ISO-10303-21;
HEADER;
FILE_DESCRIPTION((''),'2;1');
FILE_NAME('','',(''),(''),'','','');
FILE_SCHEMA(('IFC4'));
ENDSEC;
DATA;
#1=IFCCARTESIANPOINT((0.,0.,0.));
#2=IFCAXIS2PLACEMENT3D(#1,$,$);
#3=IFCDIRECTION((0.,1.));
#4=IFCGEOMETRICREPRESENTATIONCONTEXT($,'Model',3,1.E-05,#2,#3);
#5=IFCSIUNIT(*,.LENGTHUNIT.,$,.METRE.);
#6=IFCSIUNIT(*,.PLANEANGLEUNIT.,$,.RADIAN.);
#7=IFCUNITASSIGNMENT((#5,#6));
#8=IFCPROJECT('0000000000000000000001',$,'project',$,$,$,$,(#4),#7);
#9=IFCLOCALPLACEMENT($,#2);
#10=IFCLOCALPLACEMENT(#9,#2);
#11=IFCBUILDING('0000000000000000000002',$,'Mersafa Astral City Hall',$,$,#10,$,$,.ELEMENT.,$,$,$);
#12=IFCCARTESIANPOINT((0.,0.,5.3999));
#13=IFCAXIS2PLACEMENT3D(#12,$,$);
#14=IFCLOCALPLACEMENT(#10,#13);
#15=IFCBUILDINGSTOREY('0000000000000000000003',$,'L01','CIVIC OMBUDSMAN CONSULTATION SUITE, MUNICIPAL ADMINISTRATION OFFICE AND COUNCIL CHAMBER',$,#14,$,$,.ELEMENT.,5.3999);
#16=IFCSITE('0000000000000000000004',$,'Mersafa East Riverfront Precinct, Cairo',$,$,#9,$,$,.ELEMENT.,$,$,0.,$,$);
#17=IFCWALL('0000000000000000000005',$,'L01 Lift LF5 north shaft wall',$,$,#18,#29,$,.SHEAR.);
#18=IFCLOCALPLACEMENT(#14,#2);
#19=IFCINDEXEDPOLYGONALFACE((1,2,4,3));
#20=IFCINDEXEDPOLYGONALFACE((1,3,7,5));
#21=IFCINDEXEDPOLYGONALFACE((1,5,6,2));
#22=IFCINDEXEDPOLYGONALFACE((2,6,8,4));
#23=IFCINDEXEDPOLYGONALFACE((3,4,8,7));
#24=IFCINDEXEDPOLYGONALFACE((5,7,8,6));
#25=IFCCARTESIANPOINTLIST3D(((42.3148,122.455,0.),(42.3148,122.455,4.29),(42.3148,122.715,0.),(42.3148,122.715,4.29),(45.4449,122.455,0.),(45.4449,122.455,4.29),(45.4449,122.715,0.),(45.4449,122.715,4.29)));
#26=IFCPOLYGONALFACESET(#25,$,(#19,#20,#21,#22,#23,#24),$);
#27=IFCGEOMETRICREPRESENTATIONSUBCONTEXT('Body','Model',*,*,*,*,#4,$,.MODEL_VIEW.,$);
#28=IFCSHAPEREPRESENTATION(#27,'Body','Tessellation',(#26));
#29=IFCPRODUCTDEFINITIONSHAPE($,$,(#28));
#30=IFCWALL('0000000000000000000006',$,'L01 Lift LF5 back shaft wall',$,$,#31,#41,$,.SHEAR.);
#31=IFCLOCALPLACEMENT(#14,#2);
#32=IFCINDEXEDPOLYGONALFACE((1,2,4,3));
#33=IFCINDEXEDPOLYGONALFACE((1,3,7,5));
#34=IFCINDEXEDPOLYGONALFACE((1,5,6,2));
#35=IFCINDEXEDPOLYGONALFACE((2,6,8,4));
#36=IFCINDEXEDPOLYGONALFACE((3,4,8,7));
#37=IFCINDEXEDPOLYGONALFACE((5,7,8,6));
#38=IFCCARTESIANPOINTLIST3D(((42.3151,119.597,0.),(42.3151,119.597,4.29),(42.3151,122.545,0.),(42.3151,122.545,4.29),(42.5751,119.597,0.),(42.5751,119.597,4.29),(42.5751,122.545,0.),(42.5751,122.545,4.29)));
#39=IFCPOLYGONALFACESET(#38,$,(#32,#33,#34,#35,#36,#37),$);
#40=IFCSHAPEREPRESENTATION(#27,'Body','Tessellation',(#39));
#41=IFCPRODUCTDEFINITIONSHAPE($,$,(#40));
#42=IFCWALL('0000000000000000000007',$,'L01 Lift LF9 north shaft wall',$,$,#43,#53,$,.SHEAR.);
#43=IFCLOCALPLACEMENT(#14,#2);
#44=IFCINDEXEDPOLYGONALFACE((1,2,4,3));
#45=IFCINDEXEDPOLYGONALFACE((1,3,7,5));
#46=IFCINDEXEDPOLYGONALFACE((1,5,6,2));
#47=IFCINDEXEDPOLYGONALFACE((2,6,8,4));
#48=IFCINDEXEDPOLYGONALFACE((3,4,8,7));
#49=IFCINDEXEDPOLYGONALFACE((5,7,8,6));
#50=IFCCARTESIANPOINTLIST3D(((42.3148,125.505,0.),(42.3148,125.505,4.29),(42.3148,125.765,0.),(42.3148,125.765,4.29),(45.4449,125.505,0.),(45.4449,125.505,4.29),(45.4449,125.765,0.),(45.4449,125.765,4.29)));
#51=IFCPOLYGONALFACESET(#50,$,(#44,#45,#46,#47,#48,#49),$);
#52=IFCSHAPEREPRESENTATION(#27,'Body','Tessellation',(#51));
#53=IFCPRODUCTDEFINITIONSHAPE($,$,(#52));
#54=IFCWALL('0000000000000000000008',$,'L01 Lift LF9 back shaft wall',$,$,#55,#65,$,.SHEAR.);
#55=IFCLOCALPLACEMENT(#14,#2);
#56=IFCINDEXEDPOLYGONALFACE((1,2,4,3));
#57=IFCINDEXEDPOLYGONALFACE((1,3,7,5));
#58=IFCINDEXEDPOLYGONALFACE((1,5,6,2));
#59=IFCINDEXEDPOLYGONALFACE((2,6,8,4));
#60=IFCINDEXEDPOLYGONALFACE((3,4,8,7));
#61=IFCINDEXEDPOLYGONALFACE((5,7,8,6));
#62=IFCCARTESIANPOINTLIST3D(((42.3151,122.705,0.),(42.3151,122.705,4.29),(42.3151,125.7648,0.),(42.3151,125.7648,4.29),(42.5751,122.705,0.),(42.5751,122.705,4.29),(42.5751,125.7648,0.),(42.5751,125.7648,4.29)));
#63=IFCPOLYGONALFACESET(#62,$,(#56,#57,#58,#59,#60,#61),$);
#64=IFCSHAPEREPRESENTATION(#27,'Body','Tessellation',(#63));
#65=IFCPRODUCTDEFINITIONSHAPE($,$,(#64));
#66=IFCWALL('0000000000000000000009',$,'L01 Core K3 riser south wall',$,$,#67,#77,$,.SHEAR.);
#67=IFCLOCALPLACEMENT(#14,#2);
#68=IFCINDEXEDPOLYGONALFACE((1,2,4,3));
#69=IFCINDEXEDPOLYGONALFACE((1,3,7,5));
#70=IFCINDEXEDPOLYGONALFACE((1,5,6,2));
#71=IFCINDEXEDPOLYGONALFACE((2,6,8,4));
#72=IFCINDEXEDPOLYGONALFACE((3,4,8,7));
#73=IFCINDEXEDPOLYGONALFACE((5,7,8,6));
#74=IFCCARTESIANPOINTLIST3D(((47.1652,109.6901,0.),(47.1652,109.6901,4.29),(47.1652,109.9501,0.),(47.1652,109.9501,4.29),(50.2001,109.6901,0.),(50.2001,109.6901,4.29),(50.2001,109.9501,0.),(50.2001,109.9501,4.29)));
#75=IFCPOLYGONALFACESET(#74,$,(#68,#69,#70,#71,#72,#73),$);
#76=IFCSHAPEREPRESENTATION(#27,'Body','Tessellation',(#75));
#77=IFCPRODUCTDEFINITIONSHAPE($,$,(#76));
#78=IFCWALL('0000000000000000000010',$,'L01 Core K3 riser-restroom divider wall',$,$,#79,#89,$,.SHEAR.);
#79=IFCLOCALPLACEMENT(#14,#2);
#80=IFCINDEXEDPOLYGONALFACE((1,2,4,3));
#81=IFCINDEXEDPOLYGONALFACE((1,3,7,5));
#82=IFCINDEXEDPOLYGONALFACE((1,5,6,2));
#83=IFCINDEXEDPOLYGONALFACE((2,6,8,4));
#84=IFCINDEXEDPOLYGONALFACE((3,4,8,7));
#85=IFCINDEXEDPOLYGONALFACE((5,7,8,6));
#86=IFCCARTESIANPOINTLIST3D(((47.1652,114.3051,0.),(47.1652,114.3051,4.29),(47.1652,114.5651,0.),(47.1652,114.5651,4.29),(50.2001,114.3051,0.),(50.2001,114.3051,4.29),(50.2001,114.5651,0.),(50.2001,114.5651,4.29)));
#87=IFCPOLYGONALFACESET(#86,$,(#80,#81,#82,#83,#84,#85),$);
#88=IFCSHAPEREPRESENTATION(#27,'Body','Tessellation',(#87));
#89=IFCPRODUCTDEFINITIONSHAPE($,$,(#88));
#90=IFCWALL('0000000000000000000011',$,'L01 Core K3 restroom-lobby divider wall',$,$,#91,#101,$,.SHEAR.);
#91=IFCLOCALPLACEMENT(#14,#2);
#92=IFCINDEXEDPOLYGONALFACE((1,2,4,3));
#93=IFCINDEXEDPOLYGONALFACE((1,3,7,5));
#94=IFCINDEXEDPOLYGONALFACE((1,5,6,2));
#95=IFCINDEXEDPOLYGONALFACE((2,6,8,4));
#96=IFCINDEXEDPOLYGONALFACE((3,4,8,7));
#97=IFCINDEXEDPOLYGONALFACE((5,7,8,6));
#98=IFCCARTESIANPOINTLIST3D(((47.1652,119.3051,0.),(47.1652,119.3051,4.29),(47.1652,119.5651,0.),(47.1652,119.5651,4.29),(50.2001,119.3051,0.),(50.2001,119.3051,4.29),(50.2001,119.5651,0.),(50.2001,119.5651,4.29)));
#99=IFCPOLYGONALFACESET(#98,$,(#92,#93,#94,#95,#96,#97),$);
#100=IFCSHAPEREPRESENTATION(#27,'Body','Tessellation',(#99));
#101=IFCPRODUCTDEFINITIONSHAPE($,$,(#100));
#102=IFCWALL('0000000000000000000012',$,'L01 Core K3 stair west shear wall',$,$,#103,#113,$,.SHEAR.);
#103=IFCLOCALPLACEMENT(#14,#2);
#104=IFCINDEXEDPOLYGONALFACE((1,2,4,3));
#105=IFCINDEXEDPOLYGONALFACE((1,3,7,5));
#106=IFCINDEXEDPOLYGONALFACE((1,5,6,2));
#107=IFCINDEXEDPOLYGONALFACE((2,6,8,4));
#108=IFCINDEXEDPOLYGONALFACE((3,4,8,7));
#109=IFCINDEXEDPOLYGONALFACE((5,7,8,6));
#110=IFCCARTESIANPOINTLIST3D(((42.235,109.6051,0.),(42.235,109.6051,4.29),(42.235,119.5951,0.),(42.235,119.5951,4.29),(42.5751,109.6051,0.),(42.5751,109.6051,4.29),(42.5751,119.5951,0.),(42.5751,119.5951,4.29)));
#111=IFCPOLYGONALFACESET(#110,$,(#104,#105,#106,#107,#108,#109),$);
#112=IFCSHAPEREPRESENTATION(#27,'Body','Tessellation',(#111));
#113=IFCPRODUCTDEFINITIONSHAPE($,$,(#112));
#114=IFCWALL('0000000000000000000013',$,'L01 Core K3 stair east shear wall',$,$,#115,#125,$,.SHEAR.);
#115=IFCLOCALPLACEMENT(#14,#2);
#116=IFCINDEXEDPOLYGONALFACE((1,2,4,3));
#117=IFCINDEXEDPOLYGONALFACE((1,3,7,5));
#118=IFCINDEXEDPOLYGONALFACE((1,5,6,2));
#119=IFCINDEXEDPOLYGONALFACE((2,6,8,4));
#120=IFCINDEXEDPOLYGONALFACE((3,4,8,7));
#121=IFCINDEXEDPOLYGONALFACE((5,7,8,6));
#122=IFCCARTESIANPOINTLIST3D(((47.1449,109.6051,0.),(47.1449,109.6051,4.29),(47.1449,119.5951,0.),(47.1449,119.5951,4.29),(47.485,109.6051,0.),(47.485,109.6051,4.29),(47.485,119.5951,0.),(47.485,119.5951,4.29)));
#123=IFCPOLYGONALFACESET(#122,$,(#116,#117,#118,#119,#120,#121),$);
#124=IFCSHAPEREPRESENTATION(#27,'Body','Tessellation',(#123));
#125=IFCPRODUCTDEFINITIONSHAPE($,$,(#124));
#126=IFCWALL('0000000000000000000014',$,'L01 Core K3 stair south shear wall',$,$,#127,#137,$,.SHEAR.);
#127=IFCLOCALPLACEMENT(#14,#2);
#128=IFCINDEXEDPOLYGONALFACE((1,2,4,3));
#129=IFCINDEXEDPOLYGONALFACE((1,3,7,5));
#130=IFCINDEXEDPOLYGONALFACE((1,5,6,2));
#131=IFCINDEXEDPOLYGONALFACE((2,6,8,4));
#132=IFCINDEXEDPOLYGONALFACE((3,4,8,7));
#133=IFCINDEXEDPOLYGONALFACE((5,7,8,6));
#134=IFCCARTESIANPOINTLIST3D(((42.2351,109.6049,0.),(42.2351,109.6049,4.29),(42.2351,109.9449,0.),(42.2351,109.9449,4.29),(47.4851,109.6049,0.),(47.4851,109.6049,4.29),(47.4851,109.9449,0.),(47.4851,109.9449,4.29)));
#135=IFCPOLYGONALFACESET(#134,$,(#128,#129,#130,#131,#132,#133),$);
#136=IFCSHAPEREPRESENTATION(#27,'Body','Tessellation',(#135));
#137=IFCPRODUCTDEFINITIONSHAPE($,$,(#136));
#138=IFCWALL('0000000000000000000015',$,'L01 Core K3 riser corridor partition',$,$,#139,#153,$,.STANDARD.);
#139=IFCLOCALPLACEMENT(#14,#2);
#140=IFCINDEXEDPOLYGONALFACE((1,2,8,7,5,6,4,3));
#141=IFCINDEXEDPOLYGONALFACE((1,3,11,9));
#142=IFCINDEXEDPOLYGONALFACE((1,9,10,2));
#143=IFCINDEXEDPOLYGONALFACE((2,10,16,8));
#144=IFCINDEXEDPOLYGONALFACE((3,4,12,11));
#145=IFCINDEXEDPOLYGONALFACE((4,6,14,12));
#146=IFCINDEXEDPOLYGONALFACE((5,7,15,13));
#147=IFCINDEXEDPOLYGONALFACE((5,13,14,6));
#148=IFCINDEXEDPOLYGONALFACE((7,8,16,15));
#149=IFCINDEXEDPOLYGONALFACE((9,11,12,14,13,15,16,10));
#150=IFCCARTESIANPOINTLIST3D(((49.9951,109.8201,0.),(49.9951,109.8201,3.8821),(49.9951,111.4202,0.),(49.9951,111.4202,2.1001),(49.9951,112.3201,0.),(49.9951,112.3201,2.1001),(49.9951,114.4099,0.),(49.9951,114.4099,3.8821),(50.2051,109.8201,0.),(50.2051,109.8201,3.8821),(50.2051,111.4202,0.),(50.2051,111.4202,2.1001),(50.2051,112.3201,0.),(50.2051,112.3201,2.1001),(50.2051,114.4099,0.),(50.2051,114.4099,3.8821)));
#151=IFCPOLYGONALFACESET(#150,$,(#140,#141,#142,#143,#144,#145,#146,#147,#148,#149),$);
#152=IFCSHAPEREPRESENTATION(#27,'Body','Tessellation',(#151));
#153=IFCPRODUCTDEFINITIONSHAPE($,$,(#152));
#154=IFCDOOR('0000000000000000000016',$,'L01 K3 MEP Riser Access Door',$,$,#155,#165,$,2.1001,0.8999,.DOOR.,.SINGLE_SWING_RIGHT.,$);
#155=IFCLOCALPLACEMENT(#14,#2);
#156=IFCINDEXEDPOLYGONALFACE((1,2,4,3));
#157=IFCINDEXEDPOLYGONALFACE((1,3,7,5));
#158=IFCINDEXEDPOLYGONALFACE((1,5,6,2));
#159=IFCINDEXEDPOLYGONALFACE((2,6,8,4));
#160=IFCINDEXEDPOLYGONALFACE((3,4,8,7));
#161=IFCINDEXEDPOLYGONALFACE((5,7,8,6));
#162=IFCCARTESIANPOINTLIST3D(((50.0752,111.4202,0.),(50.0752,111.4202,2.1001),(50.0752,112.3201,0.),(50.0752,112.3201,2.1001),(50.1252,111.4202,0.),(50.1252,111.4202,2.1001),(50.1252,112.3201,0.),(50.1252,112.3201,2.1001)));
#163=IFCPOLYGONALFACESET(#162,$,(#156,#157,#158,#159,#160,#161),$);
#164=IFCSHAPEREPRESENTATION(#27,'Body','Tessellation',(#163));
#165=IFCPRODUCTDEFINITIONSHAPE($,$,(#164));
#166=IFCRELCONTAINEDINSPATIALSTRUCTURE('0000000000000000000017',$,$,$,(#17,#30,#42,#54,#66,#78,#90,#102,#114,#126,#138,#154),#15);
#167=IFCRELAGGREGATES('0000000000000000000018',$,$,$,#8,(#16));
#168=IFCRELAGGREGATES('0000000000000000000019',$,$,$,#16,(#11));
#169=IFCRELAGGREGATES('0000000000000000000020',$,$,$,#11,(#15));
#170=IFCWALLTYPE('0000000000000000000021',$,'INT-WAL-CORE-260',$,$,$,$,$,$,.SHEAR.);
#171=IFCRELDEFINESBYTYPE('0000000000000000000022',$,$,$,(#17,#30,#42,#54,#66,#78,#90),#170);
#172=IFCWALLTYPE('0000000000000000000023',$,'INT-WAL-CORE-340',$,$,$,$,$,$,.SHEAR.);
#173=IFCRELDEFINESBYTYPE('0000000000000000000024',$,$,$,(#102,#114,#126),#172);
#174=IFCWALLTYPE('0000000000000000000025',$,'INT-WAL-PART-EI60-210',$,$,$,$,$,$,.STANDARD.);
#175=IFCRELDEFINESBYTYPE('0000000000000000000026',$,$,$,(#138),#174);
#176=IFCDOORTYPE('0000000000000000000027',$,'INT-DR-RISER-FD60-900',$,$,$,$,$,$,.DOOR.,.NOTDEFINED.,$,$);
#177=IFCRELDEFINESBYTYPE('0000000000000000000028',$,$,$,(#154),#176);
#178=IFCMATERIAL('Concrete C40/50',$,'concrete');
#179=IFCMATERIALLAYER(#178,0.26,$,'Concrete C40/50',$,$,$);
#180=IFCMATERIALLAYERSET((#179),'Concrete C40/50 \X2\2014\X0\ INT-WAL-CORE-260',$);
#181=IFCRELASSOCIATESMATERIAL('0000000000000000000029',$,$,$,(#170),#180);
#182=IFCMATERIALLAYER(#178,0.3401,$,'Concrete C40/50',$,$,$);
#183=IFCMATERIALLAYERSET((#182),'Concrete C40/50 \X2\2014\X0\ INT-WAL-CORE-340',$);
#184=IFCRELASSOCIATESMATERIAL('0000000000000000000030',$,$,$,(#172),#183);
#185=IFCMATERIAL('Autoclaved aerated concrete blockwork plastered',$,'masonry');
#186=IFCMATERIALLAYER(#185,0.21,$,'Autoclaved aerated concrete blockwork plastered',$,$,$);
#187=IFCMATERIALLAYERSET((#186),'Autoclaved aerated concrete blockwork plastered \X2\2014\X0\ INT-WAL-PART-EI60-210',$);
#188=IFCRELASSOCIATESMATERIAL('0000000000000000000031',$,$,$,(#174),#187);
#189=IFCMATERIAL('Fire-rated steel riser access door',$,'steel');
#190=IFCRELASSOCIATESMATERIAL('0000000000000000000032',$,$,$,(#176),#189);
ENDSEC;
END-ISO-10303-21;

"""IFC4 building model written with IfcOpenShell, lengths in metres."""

from ifc_helpers import new_model, si_unit, direction, frame, frame_2d, origin, place, context, subcontext, project, spatial, rectangle, extrude, material, layer, layer_set, type_object, element, fill, save


model = new_model("IFC4")

# Units and contexts
model_context = context("Model", 3, precision=1e-05, world=origin(), true_north=direction((0.0, 1.0)))
body_context = subcontext(model_context, "Body", "Model", "MODEL_VIEW")
ifc_project = project(units=[si_unit("LENGTHUNIT", "METRE"), si_unit("PLANEANGLEUNIT", "RADIAN")], contexts=[model_context])

# Site, building, storey
site_placement = place(None, origin())
site = spatial("IfcSite", under=ifc_project, at=site_placement, Name="Mersafa East Riverfront Precinct, Cairo", CompositionType="ELEMENT", RefElevation=0.0)
building_placement = place(site_placement, origin())
building = spatial("IfcBuilding", under=site, at=building_placement, Name="Mersafa Astral City Hall", CompositionType="ELEMENT")
storey_placement = place(building_placement, frame((0.0, 0.0, 5.3999)))
storey = spatial("IfcBuildingStorey", under=building, at=storey_placement, Name="L01", Description="CIVIC OMBUDSMAN CONSULTATION SUITE, MUNICIPAL ADMINISTRATION OFFICE AND COUNCIL CHAMBER", CompositionType="ELEMENT", Elevation=5.3999)

# Walls
ifc_material_1 = material(Name="Concrete C40/50", Category="concrete")
ifc_layer_1 = layer(ifc_material_1, 0.26, Name="Concrete C40/50")
ifc_layer_set_1 = layer_set([ifc_layer_1], Name="Concrete C40/50 — INT-WAL-CORE-260")
wall_type_1 = type_object("IfcWallType", Name="INT-WAL-CORE-260", PredefinedType="SHEAR", material=ifc_layer_set_1)
wall_1_placement = place(storey_placement, frame((42.3149, 122.585, 0.0), z_axis=(0.0, 0.0, 1.0), x_axis=(1.0, 0.0, 0.0)))
element("IfcWall", 1, at=wall_1_placement, inside=storey, type_object=wall_type_1, Name="L01 Lift LF5 north shaft wall", PredefinedType="SHEAR", context=body_context, shape_type="SweptSolid", body=[
    extrude(rectangle(XDim=3.1301, YDim=0.26, at=frame_2d((1.5649, 0.0))), origin(), (0.0, 0.0, 1.0), 4.29),
])
wall_2_placement = place(storey_placement, frame((42.4451, 119.5969, 0.0), z_axis=(0.0, 0.0, 1.0), x_axis=(0.0, 1.0, 0.0)))
element("IfcWall", 2, at=wall_2_placement, inside=storey, type_object=wall_type_1, Name="L01 Lift LF5 back shaft wall", PredefinedType="SHEAR", context=body_context, shape_type="SweptSolid", body=[
    extrude(rectangle(XDim=2.948, YDim=0.26, at=frame_2d((1.4741, 0.0))), origin(), (0.0, 0.0, 1.0), 4.29),
])

# Walls
wall_3_placement = place(storey_placement, frame((42.3149, 125.635, 0.0), z_axis=(0.0, 0.0, 1.0), x_axis=(1.0, 0.0, 0.0)))
element("IfcWall", 3, at=wall_3_placement, inside=storey, type_object=wall_type_1, Name="L01 Lift LF9 north shaft wall", PredefinedType="SHEAR", context=body_context, shape_type="SweptSolid", body=[
    extrude(rectangle(XDim=3.1301, YDim=0.26, at=frame_2d((1.5649, 0.0))), origin(), (0.0, 0.0, 1.0), 4.29),
])
wall_4_placement = place(storey_placement, frame((42.4451, 122.7051, 0.0), z_axis=(0.0, 0.0, 1.0), x_axis=(0.0, 1.0, 0.0)))
element("IfcWall", 4, at=wall_4_placement, inside=storey, type_object=wall_type_1, Name="L01 Lift LF9 back shaft wall", PredefinedType="SHEAR", context=body_context, shape_type="SweptSolid", body=[
    extrude(rectangle(XDim=3.0598, YDim=0.26, at=frame_2d((1.5298, 0.0))), origin(), (0.0, 0.0, 1.0), 4.29),
])

# Walls
for number, where, z_axis, x_axis, name in (
    (5, (47.165, 109.8201, 0.0), (0.0, 0.0, 1.0), (1.0, 0.0, 0.0), "L01 Core K3 riser south wall"),
    (6, (47.165, 114.4351, 0.0), (0.0, 0.0, 1.0), (1.0, 0.0, 0.0), "L01 Core K3 riser-restroom divider wall"),
    (7, (47.165, 119.4351, 0.0), (0.0, 0.0, 1.0), (1.0, 0.0, 0.0), "L01 Core K3 restroom-lobby divider wall"),
):
    element("IfcWall", number, at=place(storey_placement, frame(where, z_axis=z_axis, x_axis=x_axis)), inside=storey, type_object=wall_type_1, Name=name, PredefinedType="SHEAR", context=body_context, shape_type="SweptSolid", body=[
        extrude(rectangle(XDim=3.0349, YDim=0.26, at=frame_2d((1.5176, 0.0))), origin(), (0.0, 0.0, 1.0), 4.29),
    ])
ifc_layer_2 = layer(ifc_material_1, 0.3401, Name="Concrete C40/50")
ifc_layer_set_2 = layer_set([ifc_layer_2], Name="Concrete C40/50 — INT-WAL-CORE-340")
wall_type_2 = type_object("IfcWallType", Name="INT-WAL-CORE-340", PredefinedType="SHEAR", material=ifc_layer_set_2)
for number, where, z_axis, x_axis, name in (
    (8, (42.405, 109.605, 0.0), (0.0, 0.0, 1.0), (0.0, 1.0, 0.0), "L01 Core K3 stair west shear wall"),
    (9, (47.3149, 109.605, 0.0), (0.0, 0.0, 1.0), (0.0, 1.0, 0.0), "L01 Core K3 stair east shear wall"),
):
    element("IfcWall", number, at=place(storey_placement, frame(where, z_axis=z_axis, x_axis=x_axis)), inside=storey, type_object=wall_type_2, Name=name, PredefinedType="SHEAR", context=body_context, shape_type="SweptSolid", body=[
        extrude(rectangle(XDim=9.99, YDim=0.3401, at=frame_2d((4.9951, 0.0))), origin(), (0.0, 0.0, 1.0), 4.29),
    ])
wall_5_placement = place(storey_placement, frame((42.2351, 109.7749, 0.0), z_axis=(0.0, 0.0, 1.0), x_axis=(1.0, 0.0, 0.0)))
element("IfcWall", 10, at=wall_5_placement, inside=storey, type_object=wall_type_2, Name="L01 Core K3 stair south shear wall", PredefinedType="SHEAR", context=body_context, shape_type="SweptSolid", body=[
    extrude(rectangle(XDim=5.25, YDim=0.3401, at=frame_2d((2.625, 0.0))), origin(), (0.0, 0.0, 1.0), 4.29),
])

# Wall, opening, door
ifc_material_2 = material(Name="Autoclaved aerated concrete blockwork plastered", Category="masonry")
ifc_layer_3 = layer(ifc_material_2, 0.21, Name="Autoclaved aerated concrete blockwork plastered")
ifc_layer_set_3 = layer_set([ifc_layer_3], Name="Autoclaved aerated concrete blockwork plastered — INT-WAL-PART-EI60-210")
wall_type_3 = type_object("IfcWallType", Name="INT-WAL-PART-EI60-210", PredefinedType="STANDARD", material=ifc_layer_set_3)
wall_6_placement = place(storey_placement, frame((50.1001, 109.8201, 0.0), z_axis=(0.0, 0.0, 1.0), x_axis=(0.0, 1.0, 0.0)))
wall_6 = element("IfcWall", 11, at=wall_6_placement, inside=storey, type_object=wall_type_3, Name="L01 Core K3 riser corridor partition", PredefinedType="STANDARD", context=body_context, shape_type="SweptSolid", body=[
    extrude(rectangle(XDim=4.5898, YDim=0.21, at=frame_2d((2.2949, 0.0))), origin(), (0.0, 0.0, 1.0), 3.8821),
])
opening_1_placement = place(wall_6_placement, frame((1.6001, 0.0, 0.0)))
opening_1 = element("IfcOpeningElement", 12, at=opening_1_placement, cuts=wall_6, PredefinedType="OPENING", context=body_context, shape_type="SweptSolid", body=[
    extrude(rectangle(XDim=0.8999, YDim=2.1001, at=frame_2d((0.45, 1.05))), frame((0.0, 0.115, 0.0), z_axis=(0.0, -1.0, 0.0), x_axis=(1.0, 0.0, 0.0)), (0.0, 0.0, 1.0), 0.23),
])
ifc_material_3 = material(Name="Fire-rated steel riser access door", Category="steel")
door_type_1 = type_object("IfcDoorType", Name="INT-DR-RISER-FD60-900", OperationType="NOTDEFINED", PredefinedType="DOOR", material=ifc_material_3)
door_1_placement = place(opening_1_placement, origin())
door_1 = element("IfcDoor", 13, at=door_1_placement, inside=storey, type_object=door_type_1, Name="L01 K3 MEP Riser Access Door", OperationType="SINGLE_SWING_RIGHT", OverallHeight=2.1001, OverallWidth=0.8999, PredefinedType="DOOR", context=body_context, shape_type="SweptSolid", body=[
    extrude(rectangle(XDim=0.8999, YDim=2.1001, at=frame_2d((0.45, 1.05))), frame((0.0, 0.0249, 0.0), z_axis=(0.0, -1.0, 0.0), x_axis=(1.0, 0.0, 0.0)), (0.0, 0.0, 1.0), 0.05),
])
fill(opening_1, door_1)

save(model, "model.ifc")
